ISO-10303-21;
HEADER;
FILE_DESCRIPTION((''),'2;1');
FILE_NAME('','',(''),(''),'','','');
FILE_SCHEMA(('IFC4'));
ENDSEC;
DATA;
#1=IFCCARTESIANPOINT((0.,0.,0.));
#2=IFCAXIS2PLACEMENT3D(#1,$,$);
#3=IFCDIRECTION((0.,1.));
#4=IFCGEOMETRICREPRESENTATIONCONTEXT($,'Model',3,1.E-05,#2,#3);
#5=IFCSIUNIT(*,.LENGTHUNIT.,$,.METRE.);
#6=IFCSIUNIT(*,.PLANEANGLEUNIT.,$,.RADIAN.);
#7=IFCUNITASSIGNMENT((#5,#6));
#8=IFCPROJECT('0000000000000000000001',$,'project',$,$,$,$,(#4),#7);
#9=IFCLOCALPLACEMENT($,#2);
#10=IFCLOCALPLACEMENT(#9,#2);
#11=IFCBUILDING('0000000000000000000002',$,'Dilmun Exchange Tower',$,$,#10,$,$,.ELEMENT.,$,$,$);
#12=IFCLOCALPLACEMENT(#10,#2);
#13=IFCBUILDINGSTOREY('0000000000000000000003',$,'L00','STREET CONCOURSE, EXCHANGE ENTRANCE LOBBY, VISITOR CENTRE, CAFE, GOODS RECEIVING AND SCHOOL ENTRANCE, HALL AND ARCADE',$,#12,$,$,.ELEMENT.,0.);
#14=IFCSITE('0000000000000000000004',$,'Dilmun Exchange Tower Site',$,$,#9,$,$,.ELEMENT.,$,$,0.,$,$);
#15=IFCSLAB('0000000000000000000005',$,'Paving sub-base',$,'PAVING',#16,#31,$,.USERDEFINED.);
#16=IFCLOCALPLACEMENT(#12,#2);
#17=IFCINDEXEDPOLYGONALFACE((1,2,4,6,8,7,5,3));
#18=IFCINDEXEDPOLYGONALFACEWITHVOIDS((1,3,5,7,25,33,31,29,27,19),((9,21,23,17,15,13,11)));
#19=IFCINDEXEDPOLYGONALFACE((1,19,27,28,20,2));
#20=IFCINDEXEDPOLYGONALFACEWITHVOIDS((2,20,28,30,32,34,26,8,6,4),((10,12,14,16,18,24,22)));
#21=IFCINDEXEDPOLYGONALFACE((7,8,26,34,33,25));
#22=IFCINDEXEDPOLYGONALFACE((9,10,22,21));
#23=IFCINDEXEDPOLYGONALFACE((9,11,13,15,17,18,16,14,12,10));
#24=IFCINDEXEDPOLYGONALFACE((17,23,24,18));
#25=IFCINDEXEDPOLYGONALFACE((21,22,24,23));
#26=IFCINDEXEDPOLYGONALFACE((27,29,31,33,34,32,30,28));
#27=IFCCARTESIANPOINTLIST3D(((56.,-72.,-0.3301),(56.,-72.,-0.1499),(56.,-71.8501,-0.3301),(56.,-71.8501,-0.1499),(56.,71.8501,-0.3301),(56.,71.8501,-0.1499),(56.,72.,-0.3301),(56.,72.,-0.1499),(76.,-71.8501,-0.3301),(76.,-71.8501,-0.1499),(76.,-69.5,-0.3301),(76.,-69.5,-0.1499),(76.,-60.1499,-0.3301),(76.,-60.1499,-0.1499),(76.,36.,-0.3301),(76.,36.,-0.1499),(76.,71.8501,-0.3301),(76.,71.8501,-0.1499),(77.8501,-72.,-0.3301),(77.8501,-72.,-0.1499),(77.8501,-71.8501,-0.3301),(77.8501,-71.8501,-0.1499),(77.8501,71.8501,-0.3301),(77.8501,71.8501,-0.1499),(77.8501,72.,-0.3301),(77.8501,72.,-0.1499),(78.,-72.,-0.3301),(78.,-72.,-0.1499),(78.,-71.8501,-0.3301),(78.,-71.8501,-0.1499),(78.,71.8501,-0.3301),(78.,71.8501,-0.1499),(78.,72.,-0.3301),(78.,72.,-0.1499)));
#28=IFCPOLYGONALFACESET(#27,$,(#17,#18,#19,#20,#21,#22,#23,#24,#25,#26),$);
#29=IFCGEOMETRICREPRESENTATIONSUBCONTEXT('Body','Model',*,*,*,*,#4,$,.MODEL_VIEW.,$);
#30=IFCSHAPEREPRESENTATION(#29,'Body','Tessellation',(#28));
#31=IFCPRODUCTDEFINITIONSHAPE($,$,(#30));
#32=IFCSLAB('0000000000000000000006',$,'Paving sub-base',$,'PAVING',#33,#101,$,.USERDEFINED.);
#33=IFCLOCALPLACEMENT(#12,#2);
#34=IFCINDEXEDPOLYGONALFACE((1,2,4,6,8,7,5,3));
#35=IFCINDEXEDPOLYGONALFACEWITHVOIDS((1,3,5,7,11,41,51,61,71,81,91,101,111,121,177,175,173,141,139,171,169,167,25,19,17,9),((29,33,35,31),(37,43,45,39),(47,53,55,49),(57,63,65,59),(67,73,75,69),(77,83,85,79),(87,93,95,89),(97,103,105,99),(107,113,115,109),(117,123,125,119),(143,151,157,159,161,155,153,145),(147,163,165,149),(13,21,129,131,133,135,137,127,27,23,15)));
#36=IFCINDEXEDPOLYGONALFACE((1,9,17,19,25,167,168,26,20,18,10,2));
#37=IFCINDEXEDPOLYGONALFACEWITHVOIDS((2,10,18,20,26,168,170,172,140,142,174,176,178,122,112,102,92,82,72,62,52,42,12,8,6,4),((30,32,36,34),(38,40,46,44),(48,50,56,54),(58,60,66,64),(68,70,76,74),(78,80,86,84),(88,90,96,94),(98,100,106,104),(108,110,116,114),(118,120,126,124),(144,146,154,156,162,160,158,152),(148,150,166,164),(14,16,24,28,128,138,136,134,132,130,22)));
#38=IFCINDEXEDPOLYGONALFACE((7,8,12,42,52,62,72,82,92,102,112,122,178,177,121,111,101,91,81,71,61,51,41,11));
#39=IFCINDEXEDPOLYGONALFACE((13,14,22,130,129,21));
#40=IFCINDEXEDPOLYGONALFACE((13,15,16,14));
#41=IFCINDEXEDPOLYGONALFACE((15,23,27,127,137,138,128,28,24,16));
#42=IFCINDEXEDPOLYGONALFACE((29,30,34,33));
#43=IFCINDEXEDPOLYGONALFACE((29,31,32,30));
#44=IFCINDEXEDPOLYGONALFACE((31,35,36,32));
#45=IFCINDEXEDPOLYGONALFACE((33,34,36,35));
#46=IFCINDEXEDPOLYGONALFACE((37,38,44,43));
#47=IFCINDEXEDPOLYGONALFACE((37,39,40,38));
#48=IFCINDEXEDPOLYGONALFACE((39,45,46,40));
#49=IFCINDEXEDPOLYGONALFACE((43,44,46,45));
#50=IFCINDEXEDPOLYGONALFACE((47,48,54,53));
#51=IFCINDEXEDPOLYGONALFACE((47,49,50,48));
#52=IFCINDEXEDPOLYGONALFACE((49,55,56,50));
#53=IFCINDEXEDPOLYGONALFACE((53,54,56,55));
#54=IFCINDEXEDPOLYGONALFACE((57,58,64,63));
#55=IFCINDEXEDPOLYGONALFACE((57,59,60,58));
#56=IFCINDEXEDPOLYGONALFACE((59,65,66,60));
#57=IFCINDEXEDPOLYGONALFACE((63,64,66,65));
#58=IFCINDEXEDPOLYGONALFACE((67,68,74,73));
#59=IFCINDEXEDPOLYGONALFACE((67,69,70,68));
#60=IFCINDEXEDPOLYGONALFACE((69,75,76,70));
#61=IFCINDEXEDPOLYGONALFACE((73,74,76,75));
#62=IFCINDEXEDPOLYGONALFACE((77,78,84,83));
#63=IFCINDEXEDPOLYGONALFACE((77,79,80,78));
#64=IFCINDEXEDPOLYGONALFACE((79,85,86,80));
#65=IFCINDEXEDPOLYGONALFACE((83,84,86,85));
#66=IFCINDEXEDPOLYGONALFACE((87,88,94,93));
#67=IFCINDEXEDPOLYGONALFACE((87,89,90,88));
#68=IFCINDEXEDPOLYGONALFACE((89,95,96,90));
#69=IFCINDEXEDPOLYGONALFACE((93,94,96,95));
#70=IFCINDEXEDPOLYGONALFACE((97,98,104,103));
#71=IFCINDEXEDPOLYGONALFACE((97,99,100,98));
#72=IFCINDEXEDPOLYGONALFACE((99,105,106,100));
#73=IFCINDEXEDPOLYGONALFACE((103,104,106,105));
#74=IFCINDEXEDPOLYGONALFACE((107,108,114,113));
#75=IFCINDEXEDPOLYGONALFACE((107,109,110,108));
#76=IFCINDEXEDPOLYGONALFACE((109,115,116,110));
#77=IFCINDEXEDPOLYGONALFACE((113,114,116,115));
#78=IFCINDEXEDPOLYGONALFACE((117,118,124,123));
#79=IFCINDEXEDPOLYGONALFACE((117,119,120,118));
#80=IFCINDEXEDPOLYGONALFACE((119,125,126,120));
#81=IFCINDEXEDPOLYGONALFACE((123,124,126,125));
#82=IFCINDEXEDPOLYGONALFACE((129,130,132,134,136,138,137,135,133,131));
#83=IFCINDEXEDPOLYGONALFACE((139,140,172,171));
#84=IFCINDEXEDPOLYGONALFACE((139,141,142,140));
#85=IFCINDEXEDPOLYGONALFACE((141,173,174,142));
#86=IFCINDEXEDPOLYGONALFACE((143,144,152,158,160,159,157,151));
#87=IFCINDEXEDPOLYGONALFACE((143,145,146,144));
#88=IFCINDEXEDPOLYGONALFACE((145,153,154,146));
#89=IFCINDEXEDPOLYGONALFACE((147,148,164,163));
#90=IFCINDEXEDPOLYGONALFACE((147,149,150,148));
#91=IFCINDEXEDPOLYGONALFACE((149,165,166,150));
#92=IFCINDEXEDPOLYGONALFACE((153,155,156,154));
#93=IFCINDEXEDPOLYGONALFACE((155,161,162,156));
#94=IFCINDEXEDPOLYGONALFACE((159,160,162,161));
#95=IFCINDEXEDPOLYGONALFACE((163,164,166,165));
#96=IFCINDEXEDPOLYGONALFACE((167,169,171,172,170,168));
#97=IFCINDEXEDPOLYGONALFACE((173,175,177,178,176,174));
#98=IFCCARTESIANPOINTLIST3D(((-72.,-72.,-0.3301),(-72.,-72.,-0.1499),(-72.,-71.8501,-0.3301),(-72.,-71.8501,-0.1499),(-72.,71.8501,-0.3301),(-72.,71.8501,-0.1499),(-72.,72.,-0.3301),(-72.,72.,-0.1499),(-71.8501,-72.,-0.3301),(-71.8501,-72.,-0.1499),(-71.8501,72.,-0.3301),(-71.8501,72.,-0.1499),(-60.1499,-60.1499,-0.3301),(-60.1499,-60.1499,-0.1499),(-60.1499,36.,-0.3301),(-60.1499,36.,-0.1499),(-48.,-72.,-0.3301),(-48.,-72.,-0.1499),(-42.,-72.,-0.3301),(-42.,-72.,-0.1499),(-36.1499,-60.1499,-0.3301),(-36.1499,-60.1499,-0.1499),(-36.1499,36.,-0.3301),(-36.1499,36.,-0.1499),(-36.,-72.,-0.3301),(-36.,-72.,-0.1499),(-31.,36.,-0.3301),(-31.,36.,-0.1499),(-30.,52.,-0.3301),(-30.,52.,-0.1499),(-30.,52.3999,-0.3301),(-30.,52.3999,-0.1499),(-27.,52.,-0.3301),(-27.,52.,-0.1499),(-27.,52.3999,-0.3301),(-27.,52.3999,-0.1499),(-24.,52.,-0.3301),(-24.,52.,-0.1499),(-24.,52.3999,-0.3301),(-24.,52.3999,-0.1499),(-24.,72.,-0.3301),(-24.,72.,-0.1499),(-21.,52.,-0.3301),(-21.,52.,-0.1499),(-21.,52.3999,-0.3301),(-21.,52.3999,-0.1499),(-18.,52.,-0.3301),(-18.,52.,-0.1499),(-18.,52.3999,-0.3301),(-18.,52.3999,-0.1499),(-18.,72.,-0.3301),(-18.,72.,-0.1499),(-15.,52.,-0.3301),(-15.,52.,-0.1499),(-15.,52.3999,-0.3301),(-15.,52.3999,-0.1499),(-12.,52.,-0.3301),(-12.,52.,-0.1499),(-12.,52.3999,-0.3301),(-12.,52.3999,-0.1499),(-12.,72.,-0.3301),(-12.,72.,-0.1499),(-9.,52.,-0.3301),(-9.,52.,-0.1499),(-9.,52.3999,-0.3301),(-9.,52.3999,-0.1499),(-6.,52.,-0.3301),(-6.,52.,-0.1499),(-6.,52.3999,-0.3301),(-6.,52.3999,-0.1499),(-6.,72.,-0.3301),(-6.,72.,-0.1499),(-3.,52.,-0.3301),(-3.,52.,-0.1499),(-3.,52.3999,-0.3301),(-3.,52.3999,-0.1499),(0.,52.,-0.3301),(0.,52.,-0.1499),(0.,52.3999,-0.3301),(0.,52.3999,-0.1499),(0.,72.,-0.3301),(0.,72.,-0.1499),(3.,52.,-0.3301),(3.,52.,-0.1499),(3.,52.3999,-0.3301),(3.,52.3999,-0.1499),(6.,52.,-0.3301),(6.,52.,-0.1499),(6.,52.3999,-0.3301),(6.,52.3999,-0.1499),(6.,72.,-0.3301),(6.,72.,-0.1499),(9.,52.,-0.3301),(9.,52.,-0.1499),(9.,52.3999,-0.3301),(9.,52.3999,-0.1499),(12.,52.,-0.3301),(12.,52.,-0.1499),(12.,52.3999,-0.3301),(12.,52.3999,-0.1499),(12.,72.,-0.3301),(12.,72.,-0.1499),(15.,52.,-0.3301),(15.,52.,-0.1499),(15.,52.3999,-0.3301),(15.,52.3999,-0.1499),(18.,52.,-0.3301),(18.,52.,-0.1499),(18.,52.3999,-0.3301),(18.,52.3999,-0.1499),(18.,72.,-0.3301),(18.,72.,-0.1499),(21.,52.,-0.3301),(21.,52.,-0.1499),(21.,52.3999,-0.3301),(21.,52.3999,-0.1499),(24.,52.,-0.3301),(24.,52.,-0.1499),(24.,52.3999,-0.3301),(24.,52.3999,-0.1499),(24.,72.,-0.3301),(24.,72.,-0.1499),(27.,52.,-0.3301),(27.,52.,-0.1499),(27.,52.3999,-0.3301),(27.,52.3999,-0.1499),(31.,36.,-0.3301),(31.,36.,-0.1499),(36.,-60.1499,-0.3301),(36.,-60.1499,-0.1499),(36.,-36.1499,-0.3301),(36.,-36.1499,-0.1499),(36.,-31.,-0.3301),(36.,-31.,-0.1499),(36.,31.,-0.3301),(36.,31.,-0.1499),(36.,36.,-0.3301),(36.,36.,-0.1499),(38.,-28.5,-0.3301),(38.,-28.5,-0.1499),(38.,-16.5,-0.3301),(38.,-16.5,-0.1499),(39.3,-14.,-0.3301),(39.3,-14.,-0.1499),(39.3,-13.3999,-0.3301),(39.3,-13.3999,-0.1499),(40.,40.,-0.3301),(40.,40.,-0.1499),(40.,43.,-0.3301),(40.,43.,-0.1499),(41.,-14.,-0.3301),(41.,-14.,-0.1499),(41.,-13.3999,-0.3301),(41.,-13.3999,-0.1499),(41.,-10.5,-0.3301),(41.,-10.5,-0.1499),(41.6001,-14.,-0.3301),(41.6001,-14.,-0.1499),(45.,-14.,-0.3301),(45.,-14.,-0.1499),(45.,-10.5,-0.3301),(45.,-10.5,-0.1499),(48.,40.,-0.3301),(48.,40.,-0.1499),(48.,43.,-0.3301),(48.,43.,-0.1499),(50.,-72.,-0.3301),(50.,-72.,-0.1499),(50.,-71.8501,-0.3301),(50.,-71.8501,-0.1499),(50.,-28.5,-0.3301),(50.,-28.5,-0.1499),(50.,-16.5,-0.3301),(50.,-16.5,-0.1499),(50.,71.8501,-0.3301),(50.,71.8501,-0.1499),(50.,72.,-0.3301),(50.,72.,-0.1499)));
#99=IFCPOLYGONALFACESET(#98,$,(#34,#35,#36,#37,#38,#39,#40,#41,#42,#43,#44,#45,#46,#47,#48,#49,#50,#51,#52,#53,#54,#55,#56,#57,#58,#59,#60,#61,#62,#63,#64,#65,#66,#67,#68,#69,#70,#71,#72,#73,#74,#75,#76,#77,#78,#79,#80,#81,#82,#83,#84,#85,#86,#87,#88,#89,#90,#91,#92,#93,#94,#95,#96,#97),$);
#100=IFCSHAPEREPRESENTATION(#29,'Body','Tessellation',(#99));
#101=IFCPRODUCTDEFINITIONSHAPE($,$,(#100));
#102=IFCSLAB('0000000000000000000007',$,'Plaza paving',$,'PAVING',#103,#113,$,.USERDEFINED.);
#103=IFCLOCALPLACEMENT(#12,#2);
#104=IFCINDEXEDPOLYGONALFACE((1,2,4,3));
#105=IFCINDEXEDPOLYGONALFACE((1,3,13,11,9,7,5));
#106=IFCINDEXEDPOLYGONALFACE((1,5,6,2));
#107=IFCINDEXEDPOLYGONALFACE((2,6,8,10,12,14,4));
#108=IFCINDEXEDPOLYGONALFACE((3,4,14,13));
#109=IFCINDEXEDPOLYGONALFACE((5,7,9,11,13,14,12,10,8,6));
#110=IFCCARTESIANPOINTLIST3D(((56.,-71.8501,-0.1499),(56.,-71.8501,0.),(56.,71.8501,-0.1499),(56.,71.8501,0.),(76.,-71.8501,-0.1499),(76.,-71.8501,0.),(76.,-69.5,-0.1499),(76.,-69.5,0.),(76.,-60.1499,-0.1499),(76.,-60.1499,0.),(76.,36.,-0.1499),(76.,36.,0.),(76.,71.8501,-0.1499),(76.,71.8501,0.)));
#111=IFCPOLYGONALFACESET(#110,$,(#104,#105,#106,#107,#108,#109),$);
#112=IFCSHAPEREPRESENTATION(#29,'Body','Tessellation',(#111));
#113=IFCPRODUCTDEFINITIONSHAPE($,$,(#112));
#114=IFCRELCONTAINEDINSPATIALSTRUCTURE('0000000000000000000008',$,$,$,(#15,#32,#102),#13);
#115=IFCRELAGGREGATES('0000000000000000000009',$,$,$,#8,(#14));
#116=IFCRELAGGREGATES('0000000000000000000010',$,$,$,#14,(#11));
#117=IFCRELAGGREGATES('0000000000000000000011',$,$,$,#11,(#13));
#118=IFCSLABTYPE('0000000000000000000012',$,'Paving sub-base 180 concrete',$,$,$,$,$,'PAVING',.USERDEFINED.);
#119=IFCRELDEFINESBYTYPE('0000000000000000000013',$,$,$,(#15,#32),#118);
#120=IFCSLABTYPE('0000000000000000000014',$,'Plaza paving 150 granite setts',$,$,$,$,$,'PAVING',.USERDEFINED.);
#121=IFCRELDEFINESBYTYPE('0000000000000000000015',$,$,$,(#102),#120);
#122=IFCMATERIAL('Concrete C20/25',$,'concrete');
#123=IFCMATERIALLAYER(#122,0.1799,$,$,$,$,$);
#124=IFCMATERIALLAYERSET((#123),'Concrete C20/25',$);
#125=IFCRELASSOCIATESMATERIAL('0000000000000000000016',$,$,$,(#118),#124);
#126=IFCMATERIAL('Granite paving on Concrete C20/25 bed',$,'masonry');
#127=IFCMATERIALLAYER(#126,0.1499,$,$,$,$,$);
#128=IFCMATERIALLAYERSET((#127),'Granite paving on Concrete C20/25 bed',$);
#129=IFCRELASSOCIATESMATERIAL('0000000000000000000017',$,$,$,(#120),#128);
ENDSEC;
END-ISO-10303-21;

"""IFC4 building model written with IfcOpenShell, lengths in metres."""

from ifc_helpers import new_model, si_unit, direction, frame, origin, place, context, subcontext, project, spatial, polyline, outline, extrude, material, layer, layer_set, type_object, element, save


model = new_model("IFC4")

# Units and contexts
model_context = context("Model", 3, precision=1e-05, world=origin(), true_north=direction((0.0, 1.0)))
body_context = subcontext(model_context, "Body", "Model", "MODEL_VIEW")
ifc_project = project(units=[si_unit("LENGTHUNIT", "METRE"), si_unit("PLANEANGLEUNIT", "RADIAN")], contexts=[model_context])

# Site, building, storey
site_placement = place(None, origin())
site = spatial("IfcSite", under=ifc_project, at=site_placement, Name="Dilmun Exchange Tower Site", CompositionType="ELEMENT", RefElevation=0.0)
building_placement = place(site_placement, origin())
building = spatial("IfcBuilding", under=site, at=building_placement, Name="Dilmun Exchange Tower", CompositionType="ELEMENT")
storey_placement = place(building_placement, origin())
storey = spatial("IfcBuildingStorey", under=building, at=storey_placement, Name="L00", Description="STREET CONCOURSE, EXCHANGE ENTRANCE LOBBY, VISITOR CENTRE, CAFE, GOODS RECEIVING AND SCHOOL ENTRANCE, HALL AND ARCADE", CompositionType="ELEMENT", Elevation=0.0)

# Slabs
ifc_material_1 = material(Name="Granite paving on Concrete C20/25 bed", Category="masonry")
ifc_material_2 = material(Name="Concrete C20/25", Category="concrete")
ifc_layer_1 = layer(ifc_material_2, 0.1799)
ifc_layer_set_1 = layer_set([ifc_layer_1], Name="Concrete C20/25")
slab_type_1 = type_object("IfcSlabType", Name="Paving sub-base 180 concrete", ElementType="PAVING", PredefinedType="USERDEFINED", material=ifc_layer_set_1)
slab_1_placement = place(storey_placement, frame((0.0, 0.0, -0.3301)))
element("IfcSlab", 1, at=slab_1_placement, inside=storey, type_object=slab_type_1, Name="Paving sub-base", ObjectType="PAVING", PredefinedType="USERDEFINED", context=body_context, shape_type="SweptSolid", body=[
    extrude(outline(polyline([(77.8501, 72.0), (78.0, 72.0), (78.0, 71.8501), (78.0, -71.8501), (78.0, -72.0), (77.8501, -72.0), (56.0, -72.0), (56.0, -71.8501), (56.0, 71.8501), (56.0, 72.0), (77.8501, 72.0)]), holes=[polyline([(76.0, -69.5), (76.0, -71.8501), (77.8501, -71.8501), (77.8501, 71.8501), (76.0, 71.8501), (76.0, 36.0), (76.0, -60.1499), (76.0, -69.5)])]), origin(), (0.0, 0.0, 1.0), 0.1802),
])
slab_2_placement = place(storey_placement, frame((0.0, 0.0, -0.3301)))
element("IfcSlab", 2, at=slab_2_placement, inside=storey, type_object=slab_type_1, Name="Paving sub-base", ObjectType="PAVING", PredefinedType="USERDEFINED", context=body_context, shape_type="SweptSolid", body=[
    extrude(outline(polyline([(-72.0, 72.0), (-71.8501, 72.0), (-24.0, 72.0), (-18.0, 72.0), (-12.0, 72.0), (-6.0, 72.0), (0.0, 72.0), (6.0, 72.0), (12.0, 72.0), (18.0, 72.0), (24.0, 72.0), (50.0, 72.0), (50.0, 71.8501), (50.0, -16.5), (38.0, -16.5), (38.0, -28.5), (50.0, -28.5), (50.0, -71.8501), (50.0, -72.0), (-36.0, -72.0), (-42.0, -72.0), (-48.0, -72.0), (-71.8501, -72.0), (-72.0, -72.0), (-72.0, -71.8501), (-72.0, 71.8501), (-72.0, 72.0)]), holes=[polyline([(48.0, 40.0), (48.0, 43.0), (40.0, 43.0), (40.0, 40.0), (48.0, 40.0)]), polyline([(39.3, -13.3999), (39.3, -14.0), (41.0, -14.0), (41.6001, -14.0), (45.0, -14.0), (45.0, -10.5), (41.0, -10.5), (41.0, -13.3999), (39.3, -13.3999)]), polyline([(-36.1499, 36.0), (-60.1499, 36.0), (-60.1499, -60.1499), (-36.1499, -60.1499), (36.0, -60.1499), (36.0, -36.1499), (36.0, -31.0), (36.0, 31.0), (36.0, 36.0), (31.0, 36.0), (-31.0, 36.0), (-36.1499, 36.0)]), polyline([(27.0, 52.0), (27.0, 52.3999), (24.0, 52.3999), (24.0, 52.0), (27.0, 52.0)]), polyline([(21.0, 52.0), (21.0, 52.3999), (18.0, 52.3999), (18.0, 52.0), (21.0, 52.0)]), polyline([(15.0, 52.0), (15.0, 52.3999), (12.0, 52.3999), (12.0, 52.0), (15.0, 52.0)]), polyline([(9.0, 52.0), (9.0, 52.3999), (6.0, 52.3999), (6.0, 52.0), (9.0, 52.0)]), polyline([(3.0, 52.0), (3.0, 52.3999), (0.0, 52.3999), (0.0, 52.0), (3.0, 52.0)]), polyline([(-3.0, 52.0), (-3.0, 52.3999), (-6.0, 52.3999), (-6.0, 52.0), (-3.0, 52.0)]), polyline([(-9.0, 52.0), (-9.0, 52.3999), (-12.0, 52.3999), (-12.0, 52.0), (-9.0, 52.0)]), polyline([(-15.0, 52.0), (-15.0, 52.3999), (-18.0, 52.3999), (-18.0, 52.0), (-15.0, 52.0)]), polyline([(-21.0, 52.0), (-21.0, 52.3999), (-24.0, 52.3999), (-24.0, 52.0), (-21.0, 52.0)]), polyline([(-27.0, 52.0), (-27.0, 52.3999), (-30.0, 52.3999), (-30.0, 52.0), (-27.0, 52.0)])]), origin(), (0.0, 0.0, 1.0), 0.1802),
])
ifc_layer_2 = layer(ifc_material_1, 0.1499)
ifc_layer_set_2 = layer_set([ifc_layer_2], Name="Granite paving on Concrete C20/25 bed")
slab_type_2 = type_object("IfcSlabType", Name="Plaza paving 150 granite setts", ElementType="PAVING", PredefinedType="USERDEFINED", material=ifc_layer_set_2)
slab_3_placement = place(storey_placement, frame((0.0, 0.0, -0.1499)))
element("IfcSlab", 3, at=slab_3_placement, inside=storey, type_object=slab_type_2, Name="Plaza paving", ObjectType="PAVING", PredefinedType="USERDEFINED", context=body_context, shape_type="SweptSolid", body=[
    extrude(outline(polyline([(56.0, -71.8501), (56.0, 71.8501), (76.0, 71.8501), (76.0, 36.0), (76.0, -60.1499), (76.0, -69.5), (76.0, -71.8501), (56.0, -71.8501)])), origin(), (0.0, 0.0, 1.0), 0.1499),
])

save(model, "model.ifc")
